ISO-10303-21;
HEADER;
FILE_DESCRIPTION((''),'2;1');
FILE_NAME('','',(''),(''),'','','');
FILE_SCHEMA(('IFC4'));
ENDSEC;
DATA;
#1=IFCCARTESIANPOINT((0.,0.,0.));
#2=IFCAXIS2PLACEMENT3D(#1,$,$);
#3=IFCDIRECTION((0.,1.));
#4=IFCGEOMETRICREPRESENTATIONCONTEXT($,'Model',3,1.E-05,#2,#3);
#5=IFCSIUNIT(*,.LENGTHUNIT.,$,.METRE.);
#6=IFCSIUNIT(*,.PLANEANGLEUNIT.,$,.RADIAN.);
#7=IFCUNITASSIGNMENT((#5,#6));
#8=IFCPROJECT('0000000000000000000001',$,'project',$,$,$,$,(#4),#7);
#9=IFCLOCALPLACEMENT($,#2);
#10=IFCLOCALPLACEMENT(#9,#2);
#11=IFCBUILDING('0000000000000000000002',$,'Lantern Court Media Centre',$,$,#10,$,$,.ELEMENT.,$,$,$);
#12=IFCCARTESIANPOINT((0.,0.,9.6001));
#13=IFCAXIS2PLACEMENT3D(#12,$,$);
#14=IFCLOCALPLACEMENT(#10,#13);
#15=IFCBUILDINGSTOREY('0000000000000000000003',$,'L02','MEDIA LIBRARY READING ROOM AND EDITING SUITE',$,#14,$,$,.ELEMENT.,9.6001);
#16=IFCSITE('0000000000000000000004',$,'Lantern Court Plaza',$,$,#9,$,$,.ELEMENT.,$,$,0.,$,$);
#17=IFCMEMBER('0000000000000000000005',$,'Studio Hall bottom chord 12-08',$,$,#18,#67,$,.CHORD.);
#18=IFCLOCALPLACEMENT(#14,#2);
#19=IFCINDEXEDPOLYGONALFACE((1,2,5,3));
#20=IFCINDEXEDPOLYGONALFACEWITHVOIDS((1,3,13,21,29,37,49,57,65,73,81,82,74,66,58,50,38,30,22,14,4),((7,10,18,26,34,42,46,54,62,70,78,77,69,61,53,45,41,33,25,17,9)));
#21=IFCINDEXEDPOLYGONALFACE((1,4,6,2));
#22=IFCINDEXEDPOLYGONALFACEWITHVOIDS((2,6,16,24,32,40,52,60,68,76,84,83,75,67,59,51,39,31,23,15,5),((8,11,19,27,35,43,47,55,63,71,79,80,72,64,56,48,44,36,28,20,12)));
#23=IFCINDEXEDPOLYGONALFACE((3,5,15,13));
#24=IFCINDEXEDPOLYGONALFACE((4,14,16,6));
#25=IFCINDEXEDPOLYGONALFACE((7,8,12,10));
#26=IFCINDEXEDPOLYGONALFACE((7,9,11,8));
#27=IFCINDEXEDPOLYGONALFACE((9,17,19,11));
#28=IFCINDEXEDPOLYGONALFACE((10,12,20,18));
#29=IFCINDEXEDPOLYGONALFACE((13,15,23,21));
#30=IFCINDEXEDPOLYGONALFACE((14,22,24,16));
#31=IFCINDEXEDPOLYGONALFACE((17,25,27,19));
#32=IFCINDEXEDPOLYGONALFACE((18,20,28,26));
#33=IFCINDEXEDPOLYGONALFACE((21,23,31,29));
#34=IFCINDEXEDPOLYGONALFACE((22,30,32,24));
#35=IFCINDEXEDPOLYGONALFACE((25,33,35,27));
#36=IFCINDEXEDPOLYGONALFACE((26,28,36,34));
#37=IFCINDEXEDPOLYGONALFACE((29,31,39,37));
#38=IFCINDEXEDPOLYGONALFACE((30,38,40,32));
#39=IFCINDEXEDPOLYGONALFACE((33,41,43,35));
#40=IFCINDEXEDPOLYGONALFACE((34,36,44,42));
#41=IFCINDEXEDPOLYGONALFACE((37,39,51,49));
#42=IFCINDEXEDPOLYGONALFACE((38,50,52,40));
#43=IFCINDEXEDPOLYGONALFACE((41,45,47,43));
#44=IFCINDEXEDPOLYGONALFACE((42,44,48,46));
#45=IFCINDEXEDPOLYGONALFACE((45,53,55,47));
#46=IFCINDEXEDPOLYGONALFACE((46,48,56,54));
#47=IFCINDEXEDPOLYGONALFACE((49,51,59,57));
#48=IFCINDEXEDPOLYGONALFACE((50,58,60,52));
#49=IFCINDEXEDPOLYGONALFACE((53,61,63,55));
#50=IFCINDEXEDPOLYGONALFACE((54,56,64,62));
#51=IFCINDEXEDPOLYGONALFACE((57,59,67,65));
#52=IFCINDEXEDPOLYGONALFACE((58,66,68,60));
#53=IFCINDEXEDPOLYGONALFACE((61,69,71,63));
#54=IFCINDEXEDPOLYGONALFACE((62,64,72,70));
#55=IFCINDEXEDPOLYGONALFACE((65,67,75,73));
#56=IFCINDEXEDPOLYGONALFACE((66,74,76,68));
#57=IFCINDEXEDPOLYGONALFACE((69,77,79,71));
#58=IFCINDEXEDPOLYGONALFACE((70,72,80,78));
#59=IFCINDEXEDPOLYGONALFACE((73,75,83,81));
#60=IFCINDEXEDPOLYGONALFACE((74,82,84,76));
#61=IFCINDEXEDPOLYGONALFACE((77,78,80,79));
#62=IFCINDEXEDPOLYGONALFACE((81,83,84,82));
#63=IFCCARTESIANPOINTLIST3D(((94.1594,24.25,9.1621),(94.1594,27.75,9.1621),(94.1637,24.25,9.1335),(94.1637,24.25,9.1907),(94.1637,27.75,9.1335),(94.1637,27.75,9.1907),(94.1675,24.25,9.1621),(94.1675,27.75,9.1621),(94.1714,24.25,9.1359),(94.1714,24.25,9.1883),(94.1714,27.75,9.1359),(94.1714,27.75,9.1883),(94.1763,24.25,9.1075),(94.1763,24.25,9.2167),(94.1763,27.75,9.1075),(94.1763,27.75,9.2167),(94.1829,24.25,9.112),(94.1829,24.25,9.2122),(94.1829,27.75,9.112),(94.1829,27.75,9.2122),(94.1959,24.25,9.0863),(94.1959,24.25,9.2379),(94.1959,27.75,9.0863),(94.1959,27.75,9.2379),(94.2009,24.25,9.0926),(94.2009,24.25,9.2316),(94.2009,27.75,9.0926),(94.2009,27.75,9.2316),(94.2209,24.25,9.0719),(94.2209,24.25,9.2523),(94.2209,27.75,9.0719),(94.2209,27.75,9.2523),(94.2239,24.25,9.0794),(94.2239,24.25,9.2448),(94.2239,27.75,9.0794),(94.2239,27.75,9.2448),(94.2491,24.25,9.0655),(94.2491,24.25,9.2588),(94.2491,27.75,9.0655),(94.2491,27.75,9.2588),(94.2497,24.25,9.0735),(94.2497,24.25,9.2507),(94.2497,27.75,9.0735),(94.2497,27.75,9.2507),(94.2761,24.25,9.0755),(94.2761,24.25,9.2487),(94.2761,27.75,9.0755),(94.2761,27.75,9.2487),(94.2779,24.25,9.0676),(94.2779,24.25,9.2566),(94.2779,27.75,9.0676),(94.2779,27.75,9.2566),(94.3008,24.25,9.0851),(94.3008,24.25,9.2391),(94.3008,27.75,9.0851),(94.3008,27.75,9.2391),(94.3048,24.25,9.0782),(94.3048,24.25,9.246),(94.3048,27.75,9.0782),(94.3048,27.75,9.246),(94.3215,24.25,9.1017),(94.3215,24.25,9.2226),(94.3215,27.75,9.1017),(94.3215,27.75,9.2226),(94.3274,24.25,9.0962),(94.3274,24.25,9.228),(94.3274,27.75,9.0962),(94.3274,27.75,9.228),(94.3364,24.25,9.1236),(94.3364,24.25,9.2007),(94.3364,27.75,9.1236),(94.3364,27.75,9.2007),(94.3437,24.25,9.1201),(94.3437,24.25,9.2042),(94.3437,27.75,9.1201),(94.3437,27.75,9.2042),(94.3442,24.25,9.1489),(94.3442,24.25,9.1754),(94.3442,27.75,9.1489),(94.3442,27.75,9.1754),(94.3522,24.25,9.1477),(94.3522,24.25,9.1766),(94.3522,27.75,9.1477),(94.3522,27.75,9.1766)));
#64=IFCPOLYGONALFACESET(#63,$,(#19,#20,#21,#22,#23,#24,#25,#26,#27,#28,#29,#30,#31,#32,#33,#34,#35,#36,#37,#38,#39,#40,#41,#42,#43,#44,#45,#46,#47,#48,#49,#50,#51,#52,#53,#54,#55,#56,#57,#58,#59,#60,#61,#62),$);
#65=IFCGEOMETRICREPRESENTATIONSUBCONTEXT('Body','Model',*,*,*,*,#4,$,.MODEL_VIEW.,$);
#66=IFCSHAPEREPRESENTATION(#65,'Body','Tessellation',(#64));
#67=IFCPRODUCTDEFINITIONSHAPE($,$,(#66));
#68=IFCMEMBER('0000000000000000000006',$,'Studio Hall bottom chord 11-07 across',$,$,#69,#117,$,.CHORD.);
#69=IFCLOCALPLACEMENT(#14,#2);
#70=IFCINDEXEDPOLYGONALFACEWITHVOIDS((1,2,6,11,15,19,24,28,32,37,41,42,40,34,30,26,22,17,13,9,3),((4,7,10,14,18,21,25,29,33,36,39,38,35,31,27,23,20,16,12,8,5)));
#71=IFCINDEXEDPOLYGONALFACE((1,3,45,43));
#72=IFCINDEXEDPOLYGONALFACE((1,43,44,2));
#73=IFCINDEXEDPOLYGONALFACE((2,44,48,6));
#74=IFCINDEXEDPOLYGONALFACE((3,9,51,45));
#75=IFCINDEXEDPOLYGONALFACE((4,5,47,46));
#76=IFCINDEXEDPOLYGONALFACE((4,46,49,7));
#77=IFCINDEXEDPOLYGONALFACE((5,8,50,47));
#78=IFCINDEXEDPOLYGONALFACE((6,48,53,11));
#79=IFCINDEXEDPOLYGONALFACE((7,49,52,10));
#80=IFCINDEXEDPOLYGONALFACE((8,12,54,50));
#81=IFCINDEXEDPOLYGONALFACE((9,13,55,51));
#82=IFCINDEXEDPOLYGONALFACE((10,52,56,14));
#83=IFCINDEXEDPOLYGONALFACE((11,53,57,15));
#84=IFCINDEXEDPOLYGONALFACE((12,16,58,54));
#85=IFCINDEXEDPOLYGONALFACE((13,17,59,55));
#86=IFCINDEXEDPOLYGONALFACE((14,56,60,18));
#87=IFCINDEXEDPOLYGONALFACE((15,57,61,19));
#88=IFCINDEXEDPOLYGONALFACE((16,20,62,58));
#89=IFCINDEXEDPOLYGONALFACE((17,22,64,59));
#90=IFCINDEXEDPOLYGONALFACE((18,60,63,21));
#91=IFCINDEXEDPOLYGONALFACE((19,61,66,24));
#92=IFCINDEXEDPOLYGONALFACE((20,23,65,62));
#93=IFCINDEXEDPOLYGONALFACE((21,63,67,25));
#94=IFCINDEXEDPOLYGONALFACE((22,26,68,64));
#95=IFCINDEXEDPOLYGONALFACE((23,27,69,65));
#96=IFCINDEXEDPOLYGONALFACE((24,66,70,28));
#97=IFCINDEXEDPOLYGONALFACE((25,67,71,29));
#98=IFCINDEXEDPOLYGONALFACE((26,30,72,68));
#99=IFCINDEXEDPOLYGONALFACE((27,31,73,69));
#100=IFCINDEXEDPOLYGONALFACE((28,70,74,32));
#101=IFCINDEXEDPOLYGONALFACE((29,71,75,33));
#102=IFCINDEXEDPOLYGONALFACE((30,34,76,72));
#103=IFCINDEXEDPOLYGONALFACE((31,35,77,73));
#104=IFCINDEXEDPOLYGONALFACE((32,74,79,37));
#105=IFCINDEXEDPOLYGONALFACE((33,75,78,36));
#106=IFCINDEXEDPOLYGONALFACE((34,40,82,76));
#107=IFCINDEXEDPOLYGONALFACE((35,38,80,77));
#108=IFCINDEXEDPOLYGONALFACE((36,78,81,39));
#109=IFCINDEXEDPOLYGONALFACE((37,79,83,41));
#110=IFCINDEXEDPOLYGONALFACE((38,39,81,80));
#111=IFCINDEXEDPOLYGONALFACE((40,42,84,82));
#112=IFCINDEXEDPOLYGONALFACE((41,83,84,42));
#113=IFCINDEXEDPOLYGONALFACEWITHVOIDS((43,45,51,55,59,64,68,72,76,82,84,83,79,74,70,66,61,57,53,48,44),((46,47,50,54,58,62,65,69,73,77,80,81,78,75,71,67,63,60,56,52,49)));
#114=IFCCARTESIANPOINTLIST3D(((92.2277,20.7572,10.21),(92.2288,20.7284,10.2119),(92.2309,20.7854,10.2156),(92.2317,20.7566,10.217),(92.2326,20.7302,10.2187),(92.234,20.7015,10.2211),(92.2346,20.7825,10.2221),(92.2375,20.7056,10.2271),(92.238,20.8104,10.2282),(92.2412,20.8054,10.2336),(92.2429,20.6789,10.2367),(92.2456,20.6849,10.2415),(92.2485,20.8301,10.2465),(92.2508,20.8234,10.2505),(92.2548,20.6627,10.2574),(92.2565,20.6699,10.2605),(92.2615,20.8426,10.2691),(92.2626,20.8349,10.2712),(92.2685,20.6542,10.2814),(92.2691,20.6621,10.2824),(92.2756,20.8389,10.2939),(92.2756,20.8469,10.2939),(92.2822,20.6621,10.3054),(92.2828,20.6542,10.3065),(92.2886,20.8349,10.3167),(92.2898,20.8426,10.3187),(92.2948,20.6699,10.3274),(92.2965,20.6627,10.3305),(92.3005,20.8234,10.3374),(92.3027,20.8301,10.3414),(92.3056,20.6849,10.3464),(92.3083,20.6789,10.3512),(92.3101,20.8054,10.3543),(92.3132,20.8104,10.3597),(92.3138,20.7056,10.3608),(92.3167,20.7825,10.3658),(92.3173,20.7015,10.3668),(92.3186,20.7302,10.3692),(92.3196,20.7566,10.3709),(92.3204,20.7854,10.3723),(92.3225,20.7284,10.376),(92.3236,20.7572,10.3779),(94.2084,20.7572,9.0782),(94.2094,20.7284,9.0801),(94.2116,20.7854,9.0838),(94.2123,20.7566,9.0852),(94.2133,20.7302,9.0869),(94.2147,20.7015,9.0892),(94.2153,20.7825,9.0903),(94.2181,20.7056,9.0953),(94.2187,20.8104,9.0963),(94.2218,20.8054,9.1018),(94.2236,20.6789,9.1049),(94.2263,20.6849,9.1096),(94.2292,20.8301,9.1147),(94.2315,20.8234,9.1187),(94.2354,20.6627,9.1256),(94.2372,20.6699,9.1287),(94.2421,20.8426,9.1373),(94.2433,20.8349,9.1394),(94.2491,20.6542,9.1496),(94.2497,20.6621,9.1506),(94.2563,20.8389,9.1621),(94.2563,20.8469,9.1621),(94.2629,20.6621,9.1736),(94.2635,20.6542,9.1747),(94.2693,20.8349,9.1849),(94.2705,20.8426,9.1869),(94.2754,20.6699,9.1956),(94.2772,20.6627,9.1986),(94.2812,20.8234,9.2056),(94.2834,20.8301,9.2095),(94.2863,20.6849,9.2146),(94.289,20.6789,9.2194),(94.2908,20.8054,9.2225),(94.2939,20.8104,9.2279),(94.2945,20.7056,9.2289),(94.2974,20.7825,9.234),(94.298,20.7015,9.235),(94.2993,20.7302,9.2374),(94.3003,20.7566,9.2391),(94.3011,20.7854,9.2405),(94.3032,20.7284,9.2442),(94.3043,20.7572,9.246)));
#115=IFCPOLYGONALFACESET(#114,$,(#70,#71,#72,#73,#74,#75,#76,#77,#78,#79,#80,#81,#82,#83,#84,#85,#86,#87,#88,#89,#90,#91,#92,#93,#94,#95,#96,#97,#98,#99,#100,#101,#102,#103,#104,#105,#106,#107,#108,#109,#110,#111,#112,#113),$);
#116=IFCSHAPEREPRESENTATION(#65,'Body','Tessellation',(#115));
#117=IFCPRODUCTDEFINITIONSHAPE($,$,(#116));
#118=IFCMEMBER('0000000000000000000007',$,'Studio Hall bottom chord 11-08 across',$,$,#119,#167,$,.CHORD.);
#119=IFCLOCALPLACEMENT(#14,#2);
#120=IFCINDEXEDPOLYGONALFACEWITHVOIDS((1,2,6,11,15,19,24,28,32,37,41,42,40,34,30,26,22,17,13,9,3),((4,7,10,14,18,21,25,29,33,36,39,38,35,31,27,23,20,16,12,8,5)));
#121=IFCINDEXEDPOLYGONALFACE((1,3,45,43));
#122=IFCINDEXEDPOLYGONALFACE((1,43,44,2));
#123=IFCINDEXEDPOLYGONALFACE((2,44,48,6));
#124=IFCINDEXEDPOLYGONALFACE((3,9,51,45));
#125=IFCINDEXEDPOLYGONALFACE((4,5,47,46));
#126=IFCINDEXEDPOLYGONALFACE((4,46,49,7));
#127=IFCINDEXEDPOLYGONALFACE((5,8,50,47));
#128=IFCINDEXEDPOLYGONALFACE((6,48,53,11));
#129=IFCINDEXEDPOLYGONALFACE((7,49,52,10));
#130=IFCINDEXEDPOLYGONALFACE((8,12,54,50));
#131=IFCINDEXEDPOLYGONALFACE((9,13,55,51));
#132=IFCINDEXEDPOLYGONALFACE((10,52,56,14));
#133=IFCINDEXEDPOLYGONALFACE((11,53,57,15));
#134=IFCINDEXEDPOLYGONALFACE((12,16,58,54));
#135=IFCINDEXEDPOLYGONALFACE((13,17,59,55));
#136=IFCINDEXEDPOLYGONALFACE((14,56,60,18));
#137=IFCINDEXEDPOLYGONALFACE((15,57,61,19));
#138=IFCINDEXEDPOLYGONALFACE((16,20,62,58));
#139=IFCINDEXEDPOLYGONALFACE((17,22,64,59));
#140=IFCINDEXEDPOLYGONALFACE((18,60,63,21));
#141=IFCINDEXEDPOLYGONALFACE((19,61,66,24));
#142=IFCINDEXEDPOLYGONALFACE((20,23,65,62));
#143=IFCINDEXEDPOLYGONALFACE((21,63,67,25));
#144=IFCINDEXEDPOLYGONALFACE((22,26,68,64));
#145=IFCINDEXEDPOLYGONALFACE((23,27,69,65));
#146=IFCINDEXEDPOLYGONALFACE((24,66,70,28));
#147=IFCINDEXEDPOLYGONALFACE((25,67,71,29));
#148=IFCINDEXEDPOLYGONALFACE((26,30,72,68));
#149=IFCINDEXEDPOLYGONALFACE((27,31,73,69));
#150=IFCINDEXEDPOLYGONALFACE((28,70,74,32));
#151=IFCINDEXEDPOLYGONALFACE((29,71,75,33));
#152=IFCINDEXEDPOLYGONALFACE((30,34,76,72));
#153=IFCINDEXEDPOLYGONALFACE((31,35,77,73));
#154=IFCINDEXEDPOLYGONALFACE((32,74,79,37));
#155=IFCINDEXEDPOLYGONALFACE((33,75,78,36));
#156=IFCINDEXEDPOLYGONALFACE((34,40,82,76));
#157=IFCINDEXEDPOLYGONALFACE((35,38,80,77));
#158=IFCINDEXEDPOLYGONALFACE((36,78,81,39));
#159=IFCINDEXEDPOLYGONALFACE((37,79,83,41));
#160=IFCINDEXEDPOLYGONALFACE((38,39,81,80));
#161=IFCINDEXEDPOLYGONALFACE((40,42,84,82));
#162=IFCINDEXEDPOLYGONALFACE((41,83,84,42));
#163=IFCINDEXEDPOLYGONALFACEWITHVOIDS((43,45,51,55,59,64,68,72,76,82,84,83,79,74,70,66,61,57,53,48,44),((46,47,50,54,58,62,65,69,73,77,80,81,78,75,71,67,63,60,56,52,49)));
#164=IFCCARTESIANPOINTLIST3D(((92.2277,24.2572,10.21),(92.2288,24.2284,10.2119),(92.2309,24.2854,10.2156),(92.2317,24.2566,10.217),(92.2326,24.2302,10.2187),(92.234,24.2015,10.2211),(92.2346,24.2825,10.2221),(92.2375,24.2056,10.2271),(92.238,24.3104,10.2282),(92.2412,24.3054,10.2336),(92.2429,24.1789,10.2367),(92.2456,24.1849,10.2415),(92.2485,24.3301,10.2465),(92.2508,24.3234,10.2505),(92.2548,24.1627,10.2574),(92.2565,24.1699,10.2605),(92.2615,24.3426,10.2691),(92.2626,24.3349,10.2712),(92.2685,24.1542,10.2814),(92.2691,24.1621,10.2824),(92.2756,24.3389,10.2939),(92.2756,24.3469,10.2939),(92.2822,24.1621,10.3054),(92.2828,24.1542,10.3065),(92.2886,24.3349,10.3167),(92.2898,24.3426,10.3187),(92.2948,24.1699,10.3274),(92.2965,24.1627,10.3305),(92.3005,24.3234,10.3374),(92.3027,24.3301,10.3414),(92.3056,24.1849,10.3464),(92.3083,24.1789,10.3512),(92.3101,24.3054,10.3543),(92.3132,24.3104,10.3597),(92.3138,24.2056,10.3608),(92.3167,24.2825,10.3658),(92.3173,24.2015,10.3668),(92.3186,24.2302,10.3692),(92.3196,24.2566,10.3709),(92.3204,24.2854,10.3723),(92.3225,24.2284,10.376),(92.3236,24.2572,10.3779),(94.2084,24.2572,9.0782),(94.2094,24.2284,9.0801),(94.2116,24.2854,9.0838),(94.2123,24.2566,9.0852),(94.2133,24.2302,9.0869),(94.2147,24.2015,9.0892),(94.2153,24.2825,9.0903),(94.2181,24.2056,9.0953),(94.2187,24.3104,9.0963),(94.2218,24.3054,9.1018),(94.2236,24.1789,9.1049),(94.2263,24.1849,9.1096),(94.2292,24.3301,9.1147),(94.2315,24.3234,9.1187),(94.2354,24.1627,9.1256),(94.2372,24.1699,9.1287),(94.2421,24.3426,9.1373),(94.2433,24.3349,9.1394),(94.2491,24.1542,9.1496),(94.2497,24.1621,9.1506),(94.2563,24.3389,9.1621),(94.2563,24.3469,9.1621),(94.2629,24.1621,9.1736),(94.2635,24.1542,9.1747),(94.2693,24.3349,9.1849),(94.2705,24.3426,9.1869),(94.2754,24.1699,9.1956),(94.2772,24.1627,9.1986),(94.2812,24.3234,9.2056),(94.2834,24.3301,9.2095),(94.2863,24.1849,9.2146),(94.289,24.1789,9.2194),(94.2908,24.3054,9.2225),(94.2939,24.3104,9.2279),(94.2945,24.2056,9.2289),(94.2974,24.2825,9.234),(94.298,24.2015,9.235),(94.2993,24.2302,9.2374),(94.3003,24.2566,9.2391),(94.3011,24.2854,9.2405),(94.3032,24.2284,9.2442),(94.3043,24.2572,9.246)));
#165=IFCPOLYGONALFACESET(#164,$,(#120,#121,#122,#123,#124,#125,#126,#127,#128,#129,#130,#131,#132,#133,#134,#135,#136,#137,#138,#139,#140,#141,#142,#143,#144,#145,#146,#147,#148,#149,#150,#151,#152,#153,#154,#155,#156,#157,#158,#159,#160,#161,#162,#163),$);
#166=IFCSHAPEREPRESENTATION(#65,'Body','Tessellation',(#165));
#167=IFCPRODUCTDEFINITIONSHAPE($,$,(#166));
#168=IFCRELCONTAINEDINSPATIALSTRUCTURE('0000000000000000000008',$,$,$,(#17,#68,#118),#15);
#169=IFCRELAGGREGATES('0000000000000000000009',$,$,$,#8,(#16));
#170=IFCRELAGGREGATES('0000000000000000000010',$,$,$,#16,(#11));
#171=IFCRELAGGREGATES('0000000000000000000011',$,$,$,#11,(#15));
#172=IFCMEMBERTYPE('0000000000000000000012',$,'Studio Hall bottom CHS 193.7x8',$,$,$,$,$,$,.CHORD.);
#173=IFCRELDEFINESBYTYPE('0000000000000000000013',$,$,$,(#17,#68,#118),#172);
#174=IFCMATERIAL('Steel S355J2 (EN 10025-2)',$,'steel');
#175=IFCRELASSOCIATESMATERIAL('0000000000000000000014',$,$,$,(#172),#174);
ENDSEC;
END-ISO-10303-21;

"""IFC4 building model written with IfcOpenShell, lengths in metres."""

from ifc_helpers import new_model, si_unit, direction, frame, origin, origin_2d, place, context, subcontext, project, spatial, hollow_circle, extrude, material, material_profile, profile_set, type_object, element, save


model = new_model("IFC4")

# Units and contexts
model_context = context("Model", 3, precision=1e-05, world=origin(), true_north=direction((0.0, 1.0)))
body_context = subcontext(model_context, "Body", "Model", "MODEL_VIEW")
ifc_project = project(units=[si_unit("LENGTHUNIT", "METRE"), si_unit("PLANEANGLEUNIT", "RADIAN")], contexts=[model_context])

# Site, building, storey
site_placement = place(None, origin())
site = spatial("IfcSite", under=ifc_project, at=site_placement, Name="Lantern Court Plaza", CompositionType="ELEMENT", RefElevation=0.0)
building_placement = place(site_placement, origin())
building = spatial("IfcBuilding", under=site, at=building_placement, Name="Lantern Court Media Centre", CompositionType="ELEMENT")
storey_placement = place(building_placement, frame((0.0, 0.0, 9.6001)))
storey = spatial("IfcBuildingStorey", under=building, at=storey_placement, Name="L02", Description="MEDIA LIBRARY READING ROOM AND EDITING SUITE", CompositionType="ELEMENT", Elevation=9.6001)

# Members
ifc_material = material(Name="Steel S355J2 (EN 10025-2)", Category="steel")
ifc_material_profile_1 = material_profile(ifc_material, hollow_circle(Radius=0.0969, WallThickness=0.0081, at=origin_2d()), Name="Studio Hall bottom CHS 193.7x8")
ifc_profile_set_1 = profile_set([ifc_material_profile_1], Name="Steel S355J2 (EN 10025-2)")
member_type_1 = type_object("IfcMemberType", Name="Studio Hall bottom CHS 193.7x8", PredefinedType="CHORD", material=ifc_profile_set_1)
for number, where, z_axis, x_axis, name in (
    (1, (94.2563, 24.25, 9.1621), (0.0, 1.0, 0.0), (-1.0, 0.0, 0.0), "Studio Hall bottom chord 12-08"),
):
    element("IfcMember", number, at=place(storey_placement, frame(where, z_axis=z_axis, x_axis=x_axis)), inside=storey, type_object=member_type_1, Name=name, PredefinedType="CHORD", context=body_context, shape_type="SweptSolid", body=[
        extrude(hollow_circle(Radius=0.0969, WallThickness=0.0081, at=origin_2d()), origin(), (0.0, 0.0, 1.0), 3.5),
    ])
for number, where, z_axis, x_axis, name in (
    (2, (92.2756, 20.75, 10.2939), (0.868243, 0.0, -0.496139), (0.0, 1.0, 0.0), "Studio Hall bottom chord 11-07 across"),
    (3, (92.2756, 24.25, 10.2939), (0.868243, 0.0, -0.496139), (0.0, 1.0, 0.0), "Studio Hall bottom chord 11-08 across"),
):
    element("IfcMember", number, at=place(storey_placement, frame(where, z_axis=z_axis, x_axis=x_axis)), inside=storey, type_object=member_type_1, Name=name, PredefinedType="CHORD", context=body_context, shape_type="SweptSolid", body=[
        extrude(hollow_circle(Radius=0.0969, WallThickness=0.0081, at=origin_2d()), origin(), (0.0, 0.0, 1.0), 2.2812),
    ])

save(model, "model.ifc")
